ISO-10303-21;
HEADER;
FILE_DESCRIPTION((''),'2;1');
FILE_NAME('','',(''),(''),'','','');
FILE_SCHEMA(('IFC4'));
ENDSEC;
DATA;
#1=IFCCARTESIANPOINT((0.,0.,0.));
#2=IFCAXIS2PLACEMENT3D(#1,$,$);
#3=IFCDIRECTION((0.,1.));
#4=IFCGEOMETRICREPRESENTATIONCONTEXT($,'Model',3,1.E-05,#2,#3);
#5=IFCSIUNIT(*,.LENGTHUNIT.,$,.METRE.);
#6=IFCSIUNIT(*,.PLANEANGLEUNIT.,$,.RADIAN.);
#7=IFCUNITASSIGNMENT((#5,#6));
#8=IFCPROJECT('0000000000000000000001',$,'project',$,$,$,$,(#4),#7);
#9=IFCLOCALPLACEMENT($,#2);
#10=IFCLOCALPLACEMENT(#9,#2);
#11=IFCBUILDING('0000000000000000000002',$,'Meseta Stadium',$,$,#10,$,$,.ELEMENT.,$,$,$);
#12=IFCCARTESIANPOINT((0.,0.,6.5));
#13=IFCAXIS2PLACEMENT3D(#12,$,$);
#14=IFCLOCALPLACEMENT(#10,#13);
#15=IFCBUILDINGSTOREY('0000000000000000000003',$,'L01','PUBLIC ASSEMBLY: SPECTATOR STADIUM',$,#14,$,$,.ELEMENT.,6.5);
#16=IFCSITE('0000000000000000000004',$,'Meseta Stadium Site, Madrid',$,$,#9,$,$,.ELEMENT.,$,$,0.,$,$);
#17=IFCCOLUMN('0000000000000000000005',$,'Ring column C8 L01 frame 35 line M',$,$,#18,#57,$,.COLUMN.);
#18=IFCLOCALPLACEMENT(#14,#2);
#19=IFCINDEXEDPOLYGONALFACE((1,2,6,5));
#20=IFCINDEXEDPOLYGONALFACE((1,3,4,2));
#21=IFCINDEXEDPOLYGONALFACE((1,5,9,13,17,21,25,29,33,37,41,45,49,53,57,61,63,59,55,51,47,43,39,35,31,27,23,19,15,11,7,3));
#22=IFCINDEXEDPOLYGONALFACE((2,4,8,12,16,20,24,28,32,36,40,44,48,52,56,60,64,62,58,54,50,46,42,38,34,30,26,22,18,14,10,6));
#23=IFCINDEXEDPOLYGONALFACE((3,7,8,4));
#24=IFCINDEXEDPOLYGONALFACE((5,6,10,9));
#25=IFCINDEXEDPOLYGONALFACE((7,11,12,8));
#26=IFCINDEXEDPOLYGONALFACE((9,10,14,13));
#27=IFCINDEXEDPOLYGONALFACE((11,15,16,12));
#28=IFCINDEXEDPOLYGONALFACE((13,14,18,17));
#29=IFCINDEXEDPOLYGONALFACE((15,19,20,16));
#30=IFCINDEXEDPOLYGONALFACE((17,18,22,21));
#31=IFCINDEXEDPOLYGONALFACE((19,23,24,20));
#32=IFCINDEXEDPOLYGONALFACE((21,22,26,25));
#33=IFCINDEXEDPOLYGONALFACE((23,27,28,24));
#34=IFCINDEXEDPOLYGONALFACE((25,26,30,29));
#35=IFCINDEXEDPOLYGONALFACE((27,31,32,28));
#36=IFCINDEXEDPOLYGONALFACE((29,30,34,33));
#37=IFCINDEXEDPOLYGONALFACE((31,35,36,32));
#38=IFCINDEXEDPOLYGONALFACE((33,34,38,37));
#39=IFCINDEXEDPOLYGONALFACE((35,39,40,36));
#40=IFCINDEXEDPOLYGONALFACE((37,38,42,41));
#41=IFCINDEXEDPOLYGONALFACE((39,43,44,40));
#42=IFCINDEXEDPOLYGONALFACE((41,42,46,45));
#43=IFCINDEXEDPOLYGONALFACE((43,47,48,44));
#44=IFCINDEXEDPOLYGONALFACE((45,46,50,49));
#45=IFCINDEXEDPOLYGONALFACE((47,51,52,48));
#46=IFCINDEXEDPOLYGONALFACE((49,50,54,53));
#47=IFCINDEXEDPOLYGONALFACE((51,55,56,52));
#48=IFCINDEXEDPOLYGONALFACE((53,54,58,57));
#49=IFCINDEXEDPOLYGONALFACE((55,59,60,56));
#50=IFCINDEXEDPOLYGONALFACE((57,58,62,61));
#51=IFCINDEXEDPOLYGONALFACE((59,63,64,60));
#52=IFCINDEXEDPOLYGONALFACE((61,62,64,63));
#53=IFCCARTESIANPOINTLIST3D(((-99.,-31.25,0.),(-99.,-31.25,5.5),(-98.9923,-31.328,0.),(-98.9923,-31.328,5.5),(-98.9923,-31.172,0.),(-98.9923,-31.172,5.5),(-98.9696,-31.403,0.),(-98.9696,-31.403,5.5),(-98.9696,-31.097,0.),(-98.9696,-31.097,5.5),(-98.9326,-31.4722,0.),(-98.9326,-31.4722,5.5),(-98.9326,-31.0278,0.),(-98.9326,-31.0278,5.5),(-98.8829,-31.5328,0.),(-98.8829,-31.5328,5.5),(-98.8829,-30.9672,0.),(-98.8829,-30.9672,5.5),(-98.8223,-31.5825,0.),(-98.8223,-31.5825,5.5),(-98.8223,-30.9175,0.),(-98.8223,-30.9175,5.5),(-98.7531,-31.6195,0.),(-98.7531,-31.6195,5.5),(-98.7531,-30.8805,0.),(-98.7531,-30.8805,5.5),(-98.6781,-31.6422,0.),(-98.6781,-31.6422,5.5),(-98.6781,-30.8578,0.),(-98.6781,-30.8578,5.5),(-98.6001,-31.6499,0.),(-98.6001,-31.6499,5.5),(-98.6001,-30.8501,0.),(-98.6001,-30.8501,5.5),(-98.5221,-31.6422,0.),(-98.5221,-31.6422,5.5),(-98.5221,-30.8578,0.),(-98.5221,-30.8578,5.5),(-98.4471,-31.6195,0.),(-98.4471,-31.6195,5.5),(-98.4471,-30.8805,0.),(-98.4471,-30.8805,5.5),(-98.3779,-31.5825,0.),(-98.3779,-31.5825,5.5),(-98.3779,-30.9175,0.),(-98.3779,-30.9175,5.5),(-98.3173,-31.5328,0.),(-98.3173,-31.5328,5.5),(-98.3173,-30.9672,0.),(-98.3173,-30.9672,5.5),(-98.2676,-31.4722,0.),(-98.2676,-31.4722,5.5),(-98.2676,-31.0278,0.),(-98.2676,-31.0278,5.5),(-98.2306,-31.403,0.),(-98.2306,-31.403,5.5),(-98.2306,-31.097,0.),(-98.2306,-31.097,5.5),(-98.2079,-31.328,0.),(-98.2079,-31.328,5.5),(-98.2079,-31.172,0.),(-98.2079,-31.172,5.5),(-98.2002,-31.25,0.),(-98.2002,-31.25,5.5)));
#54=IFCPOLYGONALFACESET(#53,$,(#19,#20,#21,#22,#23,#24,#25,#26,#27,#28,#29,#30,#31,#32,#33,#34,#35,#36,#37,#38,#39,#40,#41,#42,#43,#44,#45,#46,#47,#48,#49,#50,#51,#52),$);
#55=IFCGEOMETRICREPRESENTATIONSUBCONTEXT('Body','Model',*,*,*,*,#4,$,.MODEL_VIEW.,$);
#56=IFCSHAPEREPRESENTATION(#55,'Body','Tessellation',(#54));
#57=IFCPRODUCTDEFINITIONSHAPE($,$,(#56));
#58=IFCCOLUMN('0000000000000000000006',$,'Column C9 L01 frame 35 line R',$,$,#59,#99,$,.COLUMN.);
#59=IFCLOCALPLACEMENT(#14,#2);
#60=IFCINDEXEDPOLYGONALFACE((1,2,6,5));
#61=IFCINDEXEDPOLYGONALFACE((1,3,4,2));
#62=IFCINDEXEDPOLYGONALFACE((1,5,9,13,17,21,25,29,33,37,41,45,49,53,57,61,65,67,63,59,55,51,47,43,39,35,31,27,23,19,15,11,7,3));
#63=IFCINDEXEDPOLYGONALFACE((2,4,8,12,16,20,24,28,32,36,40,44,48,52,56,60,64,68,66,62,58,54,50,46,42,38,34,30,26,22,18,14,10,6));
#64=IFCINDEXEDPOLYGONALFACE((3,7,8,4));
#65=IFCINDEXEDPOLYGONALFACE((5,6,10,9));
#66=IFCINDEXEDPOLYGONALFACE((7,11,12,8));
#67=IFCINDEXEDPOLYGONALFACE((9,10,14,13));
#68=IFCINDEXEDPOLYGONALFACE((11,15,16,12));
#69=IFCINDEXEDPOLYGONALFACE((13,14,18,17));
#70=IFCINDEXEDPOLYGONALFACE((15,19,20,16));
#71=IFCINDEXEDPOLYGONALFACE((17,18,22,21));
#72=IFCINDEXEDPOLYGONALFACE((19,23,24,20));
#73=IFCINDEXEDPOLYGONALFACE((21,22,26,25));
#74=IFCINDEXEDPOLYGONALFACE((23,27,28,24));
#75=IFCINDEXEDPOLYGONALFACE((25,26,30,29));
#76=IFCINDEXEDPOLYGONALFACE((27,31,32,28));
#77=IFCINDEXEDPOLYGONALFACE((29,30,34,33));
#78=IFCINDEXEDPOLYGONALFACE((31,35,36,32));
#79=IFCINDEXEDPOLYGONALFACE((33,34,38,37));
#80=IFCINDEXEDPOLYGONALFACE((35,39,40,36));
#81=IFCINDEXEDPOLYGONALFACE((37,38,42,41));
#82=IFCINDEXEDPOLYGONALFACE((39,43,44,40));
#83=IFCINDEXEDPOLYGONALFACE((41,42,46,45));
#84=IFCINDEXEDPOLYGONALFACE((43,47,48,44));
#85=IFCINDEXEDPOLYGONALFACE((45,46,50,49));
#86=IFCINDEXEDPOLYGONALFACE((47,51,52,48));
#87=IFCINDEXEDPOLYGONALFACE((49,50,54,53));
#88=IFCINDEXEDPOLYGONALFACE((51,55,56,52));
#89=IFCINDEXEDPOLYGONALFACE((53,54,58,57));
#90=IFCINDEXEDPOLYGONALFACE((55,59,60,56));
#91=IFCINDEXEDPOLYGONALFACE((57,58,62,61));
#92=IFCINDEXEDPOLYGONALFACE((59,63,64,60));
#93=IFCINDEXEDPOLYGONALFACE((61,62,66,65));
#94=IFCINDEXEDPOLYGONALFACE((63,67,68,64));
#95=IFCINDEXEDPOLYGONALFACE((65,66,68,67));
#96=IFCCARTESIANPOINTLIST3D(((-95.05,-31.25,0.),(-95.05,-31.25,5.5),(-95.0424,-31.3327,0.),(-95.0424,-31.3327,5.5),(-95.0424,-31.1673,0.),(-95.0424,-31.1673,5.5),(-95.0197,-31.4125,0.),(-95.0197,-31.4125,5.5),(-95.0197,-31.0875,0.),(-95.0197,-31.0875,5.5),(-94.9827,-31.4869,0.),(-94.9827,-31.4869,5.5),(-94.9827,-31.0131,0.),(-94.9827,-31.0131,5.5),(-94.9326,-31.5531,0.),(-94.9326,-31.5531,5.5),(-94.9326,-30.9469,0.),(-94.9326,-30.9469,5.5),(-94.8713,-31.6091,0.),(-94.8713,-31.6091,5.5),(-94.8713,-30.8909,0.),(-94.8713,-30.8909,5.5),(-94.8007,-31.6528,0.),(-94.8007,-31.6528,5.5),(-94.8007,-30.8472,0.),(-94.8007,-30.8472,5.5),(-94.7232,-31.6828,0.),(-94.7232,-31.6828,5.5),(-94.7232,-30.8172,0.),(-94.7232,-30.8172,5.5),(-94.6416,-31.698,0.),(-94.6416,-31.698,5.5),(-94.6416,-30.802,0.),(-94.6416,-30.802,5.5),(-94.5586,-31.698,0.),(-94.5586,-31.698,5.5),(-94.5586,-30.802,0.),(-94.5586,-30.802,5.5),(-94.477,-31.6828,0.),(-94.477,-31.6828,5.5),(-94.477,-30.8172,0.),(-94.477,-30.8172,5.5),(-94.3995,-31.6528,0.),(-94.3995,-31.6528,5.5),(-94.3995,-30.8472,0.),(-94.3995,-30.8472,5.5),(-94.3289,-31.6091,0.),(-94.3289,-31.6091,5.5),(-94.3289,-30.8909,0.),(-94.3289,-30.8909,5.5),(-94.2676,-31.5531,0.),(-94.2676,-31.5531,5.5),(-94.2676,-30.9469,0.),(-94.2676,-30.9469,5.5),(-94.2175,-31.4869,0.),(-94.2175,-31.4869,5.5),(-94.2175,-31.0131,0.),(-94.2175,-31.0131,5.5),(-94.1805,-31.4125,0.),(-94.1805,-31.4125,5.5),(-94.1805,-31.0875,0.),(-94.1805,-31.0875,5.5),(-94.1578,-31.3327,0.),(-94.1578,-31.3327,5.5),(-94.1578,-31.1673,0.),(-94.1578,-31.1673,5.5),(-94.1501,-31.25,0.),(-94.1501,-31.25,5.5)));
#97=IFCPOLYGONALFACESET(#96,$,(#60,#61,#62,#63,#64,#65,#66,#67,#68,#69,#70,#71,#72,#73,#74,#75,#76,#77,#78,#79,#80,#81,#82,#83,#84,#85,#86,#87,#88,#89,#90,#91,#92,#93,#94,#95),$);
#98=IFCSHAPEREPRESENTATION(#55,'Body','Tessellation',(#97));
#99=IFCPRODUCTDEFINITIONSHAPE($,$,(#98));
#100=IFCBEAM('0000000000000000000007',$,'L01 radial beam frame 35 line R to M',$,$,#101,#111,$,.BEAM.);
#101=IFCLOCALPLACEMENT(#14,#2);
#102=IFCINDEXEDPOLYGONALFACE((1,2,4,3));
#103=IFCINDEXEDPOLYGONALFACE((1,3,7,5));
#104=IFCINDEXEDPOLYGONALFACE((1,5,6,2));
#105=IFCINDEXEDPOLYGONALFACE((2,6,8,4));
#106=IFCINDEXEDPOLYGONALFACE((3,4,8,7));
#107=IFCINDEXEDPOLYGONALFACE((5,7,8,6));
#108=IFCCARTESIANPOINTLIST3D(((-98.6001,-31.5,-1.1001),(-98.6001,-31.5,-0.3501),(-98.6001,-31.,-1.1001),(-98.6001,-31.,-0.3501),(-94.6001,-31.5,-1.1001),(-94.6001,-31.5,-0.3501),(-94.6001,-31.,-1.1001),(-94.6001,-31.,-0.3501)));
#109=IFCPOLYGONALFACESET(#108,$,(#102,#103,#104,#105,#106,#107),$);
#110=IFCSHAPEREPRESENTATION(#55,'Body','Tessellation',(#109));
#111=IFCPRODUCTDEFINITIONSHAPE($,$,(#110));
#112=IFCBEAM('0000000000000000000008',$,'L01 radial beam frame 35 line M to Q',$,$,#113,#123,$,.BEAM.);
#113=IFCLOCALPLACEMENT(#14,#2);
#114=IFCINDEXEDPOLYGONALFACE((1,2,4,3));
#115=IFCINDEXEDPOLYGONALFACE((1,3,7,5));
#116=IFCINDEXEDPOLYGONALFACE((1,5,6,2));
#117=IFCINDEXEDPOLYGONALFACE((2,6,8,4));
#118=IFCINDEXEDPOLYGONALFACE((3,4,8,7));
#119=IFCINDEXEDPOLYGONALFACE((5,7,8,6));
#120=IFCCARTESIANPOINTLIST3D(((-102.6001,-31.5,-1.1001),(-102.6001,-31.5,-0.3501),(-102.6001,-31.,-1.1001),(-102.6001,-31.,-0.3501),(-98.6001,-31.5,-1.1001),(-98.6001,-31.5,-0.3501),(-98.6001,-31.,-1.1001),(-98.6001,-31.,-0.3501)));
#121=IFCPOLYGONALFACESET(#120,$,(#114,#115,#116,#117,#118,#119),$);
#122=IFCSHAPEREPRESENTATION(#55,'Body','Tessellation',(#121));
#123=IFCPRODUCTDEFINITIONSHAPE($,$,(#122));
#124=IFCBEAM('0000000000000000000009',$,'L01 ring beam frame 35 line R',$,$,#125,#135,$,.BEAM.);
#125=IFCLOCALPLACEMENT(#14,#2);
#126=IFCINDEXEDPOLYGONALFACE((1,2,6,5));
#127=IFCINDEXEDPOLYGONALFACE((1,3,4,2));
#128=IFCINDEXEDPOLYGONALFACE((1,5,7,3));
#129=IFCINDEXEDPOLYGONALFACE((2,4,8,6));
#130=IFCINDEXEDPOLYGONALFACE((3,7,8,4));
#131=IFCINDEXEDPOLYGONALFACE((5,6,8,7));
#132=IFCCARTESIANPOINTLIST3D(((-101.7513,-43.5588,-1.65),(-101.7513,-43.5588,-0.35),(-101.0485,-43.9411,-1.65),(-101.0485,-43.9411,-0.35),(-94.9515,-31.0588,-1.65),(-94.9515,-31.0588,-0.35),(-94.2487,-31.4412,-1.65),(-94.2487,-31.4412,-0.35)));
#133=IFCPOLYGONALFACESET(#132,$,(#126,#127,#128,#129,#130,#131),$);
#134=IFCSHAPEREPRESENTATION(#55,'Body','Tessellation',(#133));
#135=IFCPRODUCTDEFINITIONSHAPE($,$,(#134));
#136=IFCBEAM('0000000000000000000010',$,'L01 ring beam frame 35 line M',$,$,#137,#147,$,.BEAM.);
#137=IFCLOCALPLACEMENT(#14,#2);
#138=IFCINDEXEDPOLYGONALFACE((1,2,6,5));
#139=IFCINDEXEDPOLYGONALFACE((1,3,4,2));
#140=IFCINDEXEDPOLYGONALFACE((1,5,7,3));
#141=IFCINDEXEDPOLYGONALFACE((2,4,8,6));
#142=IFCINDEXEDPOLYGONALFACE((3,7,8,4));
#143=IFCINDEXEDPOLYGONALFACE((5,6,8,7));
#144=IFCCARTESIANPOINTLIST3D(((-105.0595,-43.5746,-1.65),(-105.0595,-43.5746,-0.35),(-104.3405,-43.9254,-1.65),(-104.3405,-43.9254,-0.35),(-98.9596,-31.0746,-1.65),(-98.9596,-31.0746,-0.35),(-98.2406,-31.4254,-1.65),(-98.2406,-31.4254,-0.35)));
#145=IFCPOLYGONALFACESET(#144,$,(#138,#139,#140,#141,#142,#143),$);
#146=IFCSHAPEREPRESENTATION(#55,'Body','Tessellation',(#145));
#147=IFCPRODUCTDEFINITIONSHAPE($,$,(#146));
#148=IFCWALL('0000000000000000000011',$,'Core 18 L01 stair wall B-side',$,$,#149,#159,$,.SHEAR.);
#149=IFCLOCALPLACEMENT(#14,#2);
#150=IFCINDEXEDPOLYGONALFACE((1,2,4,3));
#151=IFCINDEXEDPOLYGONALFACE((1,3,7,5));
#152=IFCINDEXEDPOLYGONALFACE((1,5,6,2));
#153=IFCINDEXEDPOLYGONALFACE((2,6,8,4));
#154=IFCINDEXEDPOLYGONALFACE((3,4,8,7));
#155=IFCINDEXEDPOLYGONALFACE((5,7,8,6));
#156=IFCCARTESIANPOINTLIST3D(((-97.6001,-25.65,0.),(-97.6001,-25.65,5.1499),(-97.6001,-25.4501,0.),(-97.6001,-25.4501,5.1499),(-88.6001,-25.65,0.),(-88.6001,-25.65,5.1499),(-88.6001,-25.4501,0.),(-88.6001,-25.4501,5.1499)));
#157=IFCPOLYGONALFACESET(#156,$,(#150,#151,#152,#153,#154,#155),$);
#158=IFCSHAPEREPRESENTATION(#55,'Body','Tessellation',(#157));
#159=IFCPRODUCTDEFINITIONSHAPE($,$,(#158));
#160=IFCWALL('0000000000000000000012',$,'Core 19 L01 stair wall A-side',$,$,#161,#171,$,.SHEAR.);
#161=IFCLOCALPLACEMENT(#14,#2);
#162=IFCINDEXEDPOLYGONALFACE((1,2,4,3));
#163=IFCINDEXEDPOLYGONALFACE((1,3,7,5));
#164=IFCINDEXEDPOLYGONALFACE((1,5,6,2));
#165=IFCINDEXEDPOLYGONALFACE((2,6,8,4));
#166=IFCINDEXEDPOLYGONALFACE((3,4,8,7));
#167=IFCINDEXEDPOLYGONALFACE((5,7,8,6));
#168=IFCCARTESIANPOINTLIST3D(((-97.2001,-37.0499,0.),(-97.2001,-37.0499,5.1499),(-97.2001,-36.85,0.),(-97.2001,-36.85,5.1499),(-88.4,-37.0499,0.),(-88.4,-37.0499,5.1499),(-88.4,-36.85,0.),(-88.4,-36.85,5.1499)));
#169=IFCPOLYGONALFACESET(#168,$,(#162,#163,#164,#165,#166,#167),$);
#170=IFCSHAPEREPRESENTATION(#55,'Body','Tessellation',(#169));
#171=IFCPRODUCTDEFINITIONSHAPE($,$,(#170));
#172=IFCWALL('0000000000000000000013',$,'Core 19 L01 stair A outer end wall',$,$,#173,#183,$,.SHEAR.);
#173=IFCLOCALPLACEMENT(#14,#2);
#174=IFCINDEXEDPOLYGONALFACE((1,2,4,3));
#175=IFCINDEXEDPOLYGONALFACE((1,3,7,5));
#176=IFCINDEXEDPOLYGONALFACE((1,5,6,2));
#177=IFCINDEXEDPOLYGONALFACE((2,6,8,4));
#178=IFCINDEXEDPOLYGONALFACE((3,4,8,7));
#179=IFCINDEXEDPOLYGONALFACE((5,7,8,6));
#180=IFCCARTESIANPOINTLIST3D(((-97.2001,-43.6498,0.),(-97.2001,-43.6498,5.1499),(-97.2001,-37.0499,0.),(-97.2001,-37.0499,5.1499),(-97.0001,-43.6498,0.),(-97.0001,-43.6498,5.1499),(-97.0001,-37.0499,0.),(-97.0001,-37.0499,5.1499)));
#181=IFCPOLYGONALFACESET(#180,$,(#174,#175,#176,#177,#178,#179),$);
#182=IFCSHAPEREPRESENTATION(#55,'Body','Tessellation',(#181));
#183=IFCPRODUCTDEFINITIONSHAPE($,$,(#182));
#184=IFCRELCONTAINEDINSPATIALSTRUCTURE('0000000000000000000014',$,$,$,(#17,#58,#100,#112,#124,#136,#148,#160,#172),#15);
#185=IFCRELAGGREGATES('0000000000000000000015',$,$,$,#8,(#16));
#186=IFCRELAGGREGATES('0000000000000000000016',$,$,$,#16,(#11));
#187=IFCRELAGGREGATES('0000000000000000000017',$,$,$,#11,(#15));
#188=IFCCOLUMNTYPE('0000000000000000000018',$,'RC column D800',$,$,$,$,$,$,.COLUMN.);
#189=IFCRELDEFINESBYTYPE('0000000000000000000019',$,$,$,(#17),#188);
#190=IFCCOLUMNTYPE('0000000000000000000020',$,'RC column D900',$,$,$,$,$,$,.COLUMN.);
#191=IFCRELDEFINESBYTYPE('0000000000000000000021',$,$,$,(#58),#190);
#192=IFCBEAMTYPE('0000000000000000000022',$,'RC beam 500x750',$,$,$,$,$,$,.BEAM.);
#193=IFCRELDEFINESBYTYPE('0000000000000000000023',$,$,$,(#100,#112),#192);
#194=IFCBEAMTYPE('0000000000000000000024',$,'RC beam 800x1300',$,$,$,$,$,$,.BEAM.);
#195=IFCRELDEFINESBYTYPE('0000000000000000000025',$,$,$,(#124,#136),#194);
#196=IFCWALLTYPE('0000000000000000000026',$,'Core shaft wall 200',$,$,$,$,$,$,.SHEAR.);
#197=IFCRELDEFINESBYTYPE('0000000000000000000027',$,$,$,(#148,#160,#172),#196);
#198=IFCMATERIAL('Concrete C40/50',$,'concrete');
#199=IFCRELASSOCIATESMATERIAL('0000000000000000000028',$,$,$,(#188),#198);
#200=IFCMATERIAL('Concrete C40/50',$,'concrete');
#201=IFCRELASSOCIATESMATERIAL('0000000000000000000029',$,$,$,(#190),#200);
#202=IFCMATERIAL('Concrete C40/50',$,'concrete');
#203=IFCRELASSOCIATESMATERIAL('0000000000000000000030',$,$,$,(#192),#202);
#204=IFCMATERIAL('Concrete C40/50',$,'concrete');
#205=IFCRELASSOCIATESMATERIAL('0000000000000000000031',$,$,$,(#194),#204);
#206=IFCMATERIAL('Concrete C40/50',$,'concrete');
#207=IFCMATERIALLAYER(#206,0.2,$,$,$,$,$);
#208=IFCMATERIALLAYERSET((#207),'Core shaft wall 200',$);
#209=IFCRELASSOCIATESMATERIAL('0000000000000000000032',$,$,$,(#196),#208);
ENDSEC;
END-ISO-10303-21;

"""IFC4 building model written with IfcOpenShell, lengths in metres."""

from ifc_helpers import new_model, si_unit, direction, frame, frame_2d, origin, origin_2d, place, context, subcontext, project, spatial, rectangle, circle, extrude, material, layer, layer_set, material_profile, profile_set, type_object, element, save


model = new_model("IFC4")

# Units and contexts
model_context = context("Model", 3, precision=1e-05, world=origin(), true_north=direction((0.0, 1.0)))
body_context = subcontext(model_context, "Body", "Model", "MODEL_VIEW")
ifc_project = project(units=[si_unit("LENGTHUNIT", "METRE"), si_unit("PLANEANGLEUNIT", "RADIAN")], contexts=[model_context])

# Site, building, storey
site_placement = place(None, origin())
site = spatial("IfcSite", under=ifc_project, at=site_placement, Name="Meseta Stadium Site, Madrid", CompositionType="ELEMENT", RefElevation=0.0)
building_placement = place(site_placement, origin())
building = spatial("IfcBuilding", under=site, at=building_placement, Name="Meseta Stadium", CompositionType="ELEMENT")
storey_placement = place(building_placement, frame((0.0, 0.0, 6.5)))
storey = spatial("IfcBuildingStorey", under=building, at=storey_placement, Name="L01", Description="PUBLIC ASSEMBLY: SPECTATOR STADIUM", CompositionType="ELEMENT", Elevation=6.5)

# Columns
ifc_material_1 = material(Name="Concrete C40/50", Category="concrete")
ifc_material_profile_1 = material_profile(ifc_material_1, circle(Radius=0.3999, at=origin_2d()), Name="RC D800")
ifc_profile_set_1 = profile_set([ifc_material_profile_1], Name="Concrete C40/50")
column_type_1 = type_object("IfcColumnType", Name="RC column D800", PredefinedType="COLUMN", material=ifc_profile_set_1)
column_1_placement = place(storey_placement, frame((-98.6001, -31.25, 0.0), z_axis=(0.0, 0.0, 1.0), x_axis=(1.0, 0.0, 0.0)))
element("IfcColumn", 1, at=column_1_placement, inside=storey, type_object=column_type_1, Name="Ring column C8 L01 frame 35 line M", PredefinedType="COLUMN", context=body_context, shape_type="SweptSolid", body=[
    extrude(circle(Radius=0.3999, at=origin_2d()), origin(), (0.0, 0.0, 1.0), 5.5),
])
ifc_material_2 = material(Name="Concrete C40/50", Category="concrete")
ifc_material_profile_2 = material_profile(ifc_material_2, circle(Radius=0.45, at=origin_2d()), Name="RC D900")
ifc_profile_set_2 = profile_set([ifc_material_profile_2], Name="Concrete C40/50")
column_type_2 = type_object("IfcColumnType", Name="RC column D900", PredefinedType="COLUMN", material=ifc_profile_set_2)
column_2_placement = place(storey_placement, frame((-94.6001, -31.25, 0.0), z_axis=(0.0, 0.0, 1.0), x_axis=(1.0, 0.0, 0.0)))
element("IfcColumn", 2, at=column_2_placement, inside=storey, type_object=column_type_2, Name="Column C9 L01 frame 35 line R", PredefinedType="COLUMN", context=body_context, shape_type="SweptSolid", body=[
    extrude(circle(Radius=0.45, at=origin_2d()), origin(), (0.0, 0.0, 1.0), 5.5),
])

# Beams
ifc_material_3 = material(Name="Concrete C40/50", Category="concrete")
ifc_material_profile_3 = material_profile(ifc_material_3, rectangle(XDim=0.5, YDim=0.75, at=origin_2d()), Name="RC 500x750")
ifc_profile_set_3 = profile_set([ifc_material_profile_3], Name="Concrete C40/50")
beam_type_1 = type_object("IfcBeamType", Name="RC beam 500x750", PredefinedType="BEAM", material=ifc_profile_set_3)
for number, where, z_axis, x_axis, name in (
    (3, (-94.6001, -31.25, -0.7251), (-1.0, 0.0, 0.0), (0.0, -1.0, 0.0), "L01 radial beam frame 35 line R to M"),
    (4, (-98.6001, -31.25, -0.7251), (-1.0, 0.0, 0.0), (0.0, -1.0, 0.0), "L01 radial beam frame 35 line M to Q"),
):
    element("IfcBeam", number, at=place(storey_placement, frame(where, z_axis=z_axis, x_axis=x_axis)), inside=storey, type_object=beam_type_1, Name=name, PredefinedType="BEAM", context=body_context, shape_type="SweptSolid", body=[
        extrude(rectangle(XDim=0.5, YDim=0.75, at=origin_2d()), origin(), (0.0, 0.0, 1.0), 4.0),
    ])
ifc_material_4 = material(Name="Concrete C40/50", Category="concrete")
ifc_material_profile_4 = material_profile(ifc_material_4, rectangle(XDim=0.8, YDim=1.3, at=origin_2d()), Name="RC 800x1300")
ifc_profile_set_4 = profile_set([ifc_material_profile_4], Name="Concrete C40/50")
beam_type_2 = type_object("IfcBeamType", Name="RC beam 800x1300", PredefinedType="BEAM", material=ifc_profile_set_4)
beam_1_placement = place(storey_placement, frame((-94.6001, -31.25, -1.0), z_axis=(-0.477856, -0.878438, 0.0), x_axis=(0.878438, -0.477856, 0.0)))
element("IfcBeam", 5, at=beam_1_placement, inside=storey, type_object=beam_type_2, Name="L01 ring beam frame 35 line R", PredefinedType="BEAM", context=body_context, shape_type="SweptSolid", body=[
    extrude(rectangle(XDim=0.8, YDim=1.3, at=origin_2d()), origin(), (0.0, 0.0, 1.0), 14.2297),
])
beam_2_placement = place(storey_placement, frame((-98.6001, -31.25, -1.0), z_axis=(-0.438557, -0.898703, 0.0), x_axis=(0.898703, -0.438557, 0.0)))
element("IfcBeam", 6, at=beam_2_placement, inside=storey, type_object=beam_type_2, Name="L01 ring beam frame 35 line M", PredefinedType="BEAM", context=body_context, shape_type="SweptSolid", body=[
    extrude(rectangle(XDim=0.8, YDim=1.3, at=origin_2d()), origin(), (0.0, 0.0, 1.0), 13.9089),
])

# Walls
ifc_material_5 = material(Name="Concrete C40/50", Category="concrete")
ifc_layer_1 = layer(ifc_material_5, 0.2)
ifc_layer_set_1 = layer_set([ifc_layer_1], Name="Core shaft wall 200")
wall_type_1 = type_object("IfcWallType", Name="Core shaft wall 200", PredefinedType="SHEAR", material=ifc_layer_set_1)
wall_1_placement = place(storey_placement, frame((-97.6001, -25.55, 0.0), z_axis=(0.0, 0.0, 1.0), x_axis=(1.0, 0.0, 0.0)))
element("IfcWall", 7, at=wall_1_placement, inside=storey, type_object=wall_type_1, Name="Core 18 L01 stair wall B-side", PredefinedType="SHEAR", context=body_context, shape_type="SweptSolid", body=[
    extrude(rectangle(XDim=9.0, YDim=0.2, at=frame_2d((4.5, 0.0))), origin(), (0.0, 0.0, 1.0), 5.1499),
])
wall_2_placement = place(storey_placement, frame((-97.2, -36.95, 0.0), z_axis=(0.0, 0.0, 1.0), x_axis=(1.0, 0.0, 0.0)))
element("IfcWall", 8, at=wall_2_placement, inside=storey, type_object=wall_type_1, Name="Core 19 L01 stair wall A-side", PredefinedType="SHEAR", context=body_context, shape_type="SweptSolid", body=[
    extrude(rectangle(XDim=8.8, YDim=0.2, at=frame_2d((4.3999, 0.0))), origin(), (0.0, 0.0, 1.0), 5.1499),
])
wall_3_placement = place(storey_placement, frame((-97.1001, -37.05, 0.0), z_axis=(0.0, 0.0, 1.0), x_axis=(0.0, -1.0, 0.0)))
element("IfcWall", 9, at=wall_3_placement, inside=storey, type_object=wall_type_1, Name="Core 19 L01 stair A outer end wall", PredefinedType="SHEAR", context=body_context, shape_type="SweptSolid", body=[
    extrude(rectangle(XDim=6.5999, YDim=0.2, at=frame_2d((3.2998, 0.0))), origin(), (0.0, 0.0, 1.0), 5.1499),
])

save(model, "model.ifc")
